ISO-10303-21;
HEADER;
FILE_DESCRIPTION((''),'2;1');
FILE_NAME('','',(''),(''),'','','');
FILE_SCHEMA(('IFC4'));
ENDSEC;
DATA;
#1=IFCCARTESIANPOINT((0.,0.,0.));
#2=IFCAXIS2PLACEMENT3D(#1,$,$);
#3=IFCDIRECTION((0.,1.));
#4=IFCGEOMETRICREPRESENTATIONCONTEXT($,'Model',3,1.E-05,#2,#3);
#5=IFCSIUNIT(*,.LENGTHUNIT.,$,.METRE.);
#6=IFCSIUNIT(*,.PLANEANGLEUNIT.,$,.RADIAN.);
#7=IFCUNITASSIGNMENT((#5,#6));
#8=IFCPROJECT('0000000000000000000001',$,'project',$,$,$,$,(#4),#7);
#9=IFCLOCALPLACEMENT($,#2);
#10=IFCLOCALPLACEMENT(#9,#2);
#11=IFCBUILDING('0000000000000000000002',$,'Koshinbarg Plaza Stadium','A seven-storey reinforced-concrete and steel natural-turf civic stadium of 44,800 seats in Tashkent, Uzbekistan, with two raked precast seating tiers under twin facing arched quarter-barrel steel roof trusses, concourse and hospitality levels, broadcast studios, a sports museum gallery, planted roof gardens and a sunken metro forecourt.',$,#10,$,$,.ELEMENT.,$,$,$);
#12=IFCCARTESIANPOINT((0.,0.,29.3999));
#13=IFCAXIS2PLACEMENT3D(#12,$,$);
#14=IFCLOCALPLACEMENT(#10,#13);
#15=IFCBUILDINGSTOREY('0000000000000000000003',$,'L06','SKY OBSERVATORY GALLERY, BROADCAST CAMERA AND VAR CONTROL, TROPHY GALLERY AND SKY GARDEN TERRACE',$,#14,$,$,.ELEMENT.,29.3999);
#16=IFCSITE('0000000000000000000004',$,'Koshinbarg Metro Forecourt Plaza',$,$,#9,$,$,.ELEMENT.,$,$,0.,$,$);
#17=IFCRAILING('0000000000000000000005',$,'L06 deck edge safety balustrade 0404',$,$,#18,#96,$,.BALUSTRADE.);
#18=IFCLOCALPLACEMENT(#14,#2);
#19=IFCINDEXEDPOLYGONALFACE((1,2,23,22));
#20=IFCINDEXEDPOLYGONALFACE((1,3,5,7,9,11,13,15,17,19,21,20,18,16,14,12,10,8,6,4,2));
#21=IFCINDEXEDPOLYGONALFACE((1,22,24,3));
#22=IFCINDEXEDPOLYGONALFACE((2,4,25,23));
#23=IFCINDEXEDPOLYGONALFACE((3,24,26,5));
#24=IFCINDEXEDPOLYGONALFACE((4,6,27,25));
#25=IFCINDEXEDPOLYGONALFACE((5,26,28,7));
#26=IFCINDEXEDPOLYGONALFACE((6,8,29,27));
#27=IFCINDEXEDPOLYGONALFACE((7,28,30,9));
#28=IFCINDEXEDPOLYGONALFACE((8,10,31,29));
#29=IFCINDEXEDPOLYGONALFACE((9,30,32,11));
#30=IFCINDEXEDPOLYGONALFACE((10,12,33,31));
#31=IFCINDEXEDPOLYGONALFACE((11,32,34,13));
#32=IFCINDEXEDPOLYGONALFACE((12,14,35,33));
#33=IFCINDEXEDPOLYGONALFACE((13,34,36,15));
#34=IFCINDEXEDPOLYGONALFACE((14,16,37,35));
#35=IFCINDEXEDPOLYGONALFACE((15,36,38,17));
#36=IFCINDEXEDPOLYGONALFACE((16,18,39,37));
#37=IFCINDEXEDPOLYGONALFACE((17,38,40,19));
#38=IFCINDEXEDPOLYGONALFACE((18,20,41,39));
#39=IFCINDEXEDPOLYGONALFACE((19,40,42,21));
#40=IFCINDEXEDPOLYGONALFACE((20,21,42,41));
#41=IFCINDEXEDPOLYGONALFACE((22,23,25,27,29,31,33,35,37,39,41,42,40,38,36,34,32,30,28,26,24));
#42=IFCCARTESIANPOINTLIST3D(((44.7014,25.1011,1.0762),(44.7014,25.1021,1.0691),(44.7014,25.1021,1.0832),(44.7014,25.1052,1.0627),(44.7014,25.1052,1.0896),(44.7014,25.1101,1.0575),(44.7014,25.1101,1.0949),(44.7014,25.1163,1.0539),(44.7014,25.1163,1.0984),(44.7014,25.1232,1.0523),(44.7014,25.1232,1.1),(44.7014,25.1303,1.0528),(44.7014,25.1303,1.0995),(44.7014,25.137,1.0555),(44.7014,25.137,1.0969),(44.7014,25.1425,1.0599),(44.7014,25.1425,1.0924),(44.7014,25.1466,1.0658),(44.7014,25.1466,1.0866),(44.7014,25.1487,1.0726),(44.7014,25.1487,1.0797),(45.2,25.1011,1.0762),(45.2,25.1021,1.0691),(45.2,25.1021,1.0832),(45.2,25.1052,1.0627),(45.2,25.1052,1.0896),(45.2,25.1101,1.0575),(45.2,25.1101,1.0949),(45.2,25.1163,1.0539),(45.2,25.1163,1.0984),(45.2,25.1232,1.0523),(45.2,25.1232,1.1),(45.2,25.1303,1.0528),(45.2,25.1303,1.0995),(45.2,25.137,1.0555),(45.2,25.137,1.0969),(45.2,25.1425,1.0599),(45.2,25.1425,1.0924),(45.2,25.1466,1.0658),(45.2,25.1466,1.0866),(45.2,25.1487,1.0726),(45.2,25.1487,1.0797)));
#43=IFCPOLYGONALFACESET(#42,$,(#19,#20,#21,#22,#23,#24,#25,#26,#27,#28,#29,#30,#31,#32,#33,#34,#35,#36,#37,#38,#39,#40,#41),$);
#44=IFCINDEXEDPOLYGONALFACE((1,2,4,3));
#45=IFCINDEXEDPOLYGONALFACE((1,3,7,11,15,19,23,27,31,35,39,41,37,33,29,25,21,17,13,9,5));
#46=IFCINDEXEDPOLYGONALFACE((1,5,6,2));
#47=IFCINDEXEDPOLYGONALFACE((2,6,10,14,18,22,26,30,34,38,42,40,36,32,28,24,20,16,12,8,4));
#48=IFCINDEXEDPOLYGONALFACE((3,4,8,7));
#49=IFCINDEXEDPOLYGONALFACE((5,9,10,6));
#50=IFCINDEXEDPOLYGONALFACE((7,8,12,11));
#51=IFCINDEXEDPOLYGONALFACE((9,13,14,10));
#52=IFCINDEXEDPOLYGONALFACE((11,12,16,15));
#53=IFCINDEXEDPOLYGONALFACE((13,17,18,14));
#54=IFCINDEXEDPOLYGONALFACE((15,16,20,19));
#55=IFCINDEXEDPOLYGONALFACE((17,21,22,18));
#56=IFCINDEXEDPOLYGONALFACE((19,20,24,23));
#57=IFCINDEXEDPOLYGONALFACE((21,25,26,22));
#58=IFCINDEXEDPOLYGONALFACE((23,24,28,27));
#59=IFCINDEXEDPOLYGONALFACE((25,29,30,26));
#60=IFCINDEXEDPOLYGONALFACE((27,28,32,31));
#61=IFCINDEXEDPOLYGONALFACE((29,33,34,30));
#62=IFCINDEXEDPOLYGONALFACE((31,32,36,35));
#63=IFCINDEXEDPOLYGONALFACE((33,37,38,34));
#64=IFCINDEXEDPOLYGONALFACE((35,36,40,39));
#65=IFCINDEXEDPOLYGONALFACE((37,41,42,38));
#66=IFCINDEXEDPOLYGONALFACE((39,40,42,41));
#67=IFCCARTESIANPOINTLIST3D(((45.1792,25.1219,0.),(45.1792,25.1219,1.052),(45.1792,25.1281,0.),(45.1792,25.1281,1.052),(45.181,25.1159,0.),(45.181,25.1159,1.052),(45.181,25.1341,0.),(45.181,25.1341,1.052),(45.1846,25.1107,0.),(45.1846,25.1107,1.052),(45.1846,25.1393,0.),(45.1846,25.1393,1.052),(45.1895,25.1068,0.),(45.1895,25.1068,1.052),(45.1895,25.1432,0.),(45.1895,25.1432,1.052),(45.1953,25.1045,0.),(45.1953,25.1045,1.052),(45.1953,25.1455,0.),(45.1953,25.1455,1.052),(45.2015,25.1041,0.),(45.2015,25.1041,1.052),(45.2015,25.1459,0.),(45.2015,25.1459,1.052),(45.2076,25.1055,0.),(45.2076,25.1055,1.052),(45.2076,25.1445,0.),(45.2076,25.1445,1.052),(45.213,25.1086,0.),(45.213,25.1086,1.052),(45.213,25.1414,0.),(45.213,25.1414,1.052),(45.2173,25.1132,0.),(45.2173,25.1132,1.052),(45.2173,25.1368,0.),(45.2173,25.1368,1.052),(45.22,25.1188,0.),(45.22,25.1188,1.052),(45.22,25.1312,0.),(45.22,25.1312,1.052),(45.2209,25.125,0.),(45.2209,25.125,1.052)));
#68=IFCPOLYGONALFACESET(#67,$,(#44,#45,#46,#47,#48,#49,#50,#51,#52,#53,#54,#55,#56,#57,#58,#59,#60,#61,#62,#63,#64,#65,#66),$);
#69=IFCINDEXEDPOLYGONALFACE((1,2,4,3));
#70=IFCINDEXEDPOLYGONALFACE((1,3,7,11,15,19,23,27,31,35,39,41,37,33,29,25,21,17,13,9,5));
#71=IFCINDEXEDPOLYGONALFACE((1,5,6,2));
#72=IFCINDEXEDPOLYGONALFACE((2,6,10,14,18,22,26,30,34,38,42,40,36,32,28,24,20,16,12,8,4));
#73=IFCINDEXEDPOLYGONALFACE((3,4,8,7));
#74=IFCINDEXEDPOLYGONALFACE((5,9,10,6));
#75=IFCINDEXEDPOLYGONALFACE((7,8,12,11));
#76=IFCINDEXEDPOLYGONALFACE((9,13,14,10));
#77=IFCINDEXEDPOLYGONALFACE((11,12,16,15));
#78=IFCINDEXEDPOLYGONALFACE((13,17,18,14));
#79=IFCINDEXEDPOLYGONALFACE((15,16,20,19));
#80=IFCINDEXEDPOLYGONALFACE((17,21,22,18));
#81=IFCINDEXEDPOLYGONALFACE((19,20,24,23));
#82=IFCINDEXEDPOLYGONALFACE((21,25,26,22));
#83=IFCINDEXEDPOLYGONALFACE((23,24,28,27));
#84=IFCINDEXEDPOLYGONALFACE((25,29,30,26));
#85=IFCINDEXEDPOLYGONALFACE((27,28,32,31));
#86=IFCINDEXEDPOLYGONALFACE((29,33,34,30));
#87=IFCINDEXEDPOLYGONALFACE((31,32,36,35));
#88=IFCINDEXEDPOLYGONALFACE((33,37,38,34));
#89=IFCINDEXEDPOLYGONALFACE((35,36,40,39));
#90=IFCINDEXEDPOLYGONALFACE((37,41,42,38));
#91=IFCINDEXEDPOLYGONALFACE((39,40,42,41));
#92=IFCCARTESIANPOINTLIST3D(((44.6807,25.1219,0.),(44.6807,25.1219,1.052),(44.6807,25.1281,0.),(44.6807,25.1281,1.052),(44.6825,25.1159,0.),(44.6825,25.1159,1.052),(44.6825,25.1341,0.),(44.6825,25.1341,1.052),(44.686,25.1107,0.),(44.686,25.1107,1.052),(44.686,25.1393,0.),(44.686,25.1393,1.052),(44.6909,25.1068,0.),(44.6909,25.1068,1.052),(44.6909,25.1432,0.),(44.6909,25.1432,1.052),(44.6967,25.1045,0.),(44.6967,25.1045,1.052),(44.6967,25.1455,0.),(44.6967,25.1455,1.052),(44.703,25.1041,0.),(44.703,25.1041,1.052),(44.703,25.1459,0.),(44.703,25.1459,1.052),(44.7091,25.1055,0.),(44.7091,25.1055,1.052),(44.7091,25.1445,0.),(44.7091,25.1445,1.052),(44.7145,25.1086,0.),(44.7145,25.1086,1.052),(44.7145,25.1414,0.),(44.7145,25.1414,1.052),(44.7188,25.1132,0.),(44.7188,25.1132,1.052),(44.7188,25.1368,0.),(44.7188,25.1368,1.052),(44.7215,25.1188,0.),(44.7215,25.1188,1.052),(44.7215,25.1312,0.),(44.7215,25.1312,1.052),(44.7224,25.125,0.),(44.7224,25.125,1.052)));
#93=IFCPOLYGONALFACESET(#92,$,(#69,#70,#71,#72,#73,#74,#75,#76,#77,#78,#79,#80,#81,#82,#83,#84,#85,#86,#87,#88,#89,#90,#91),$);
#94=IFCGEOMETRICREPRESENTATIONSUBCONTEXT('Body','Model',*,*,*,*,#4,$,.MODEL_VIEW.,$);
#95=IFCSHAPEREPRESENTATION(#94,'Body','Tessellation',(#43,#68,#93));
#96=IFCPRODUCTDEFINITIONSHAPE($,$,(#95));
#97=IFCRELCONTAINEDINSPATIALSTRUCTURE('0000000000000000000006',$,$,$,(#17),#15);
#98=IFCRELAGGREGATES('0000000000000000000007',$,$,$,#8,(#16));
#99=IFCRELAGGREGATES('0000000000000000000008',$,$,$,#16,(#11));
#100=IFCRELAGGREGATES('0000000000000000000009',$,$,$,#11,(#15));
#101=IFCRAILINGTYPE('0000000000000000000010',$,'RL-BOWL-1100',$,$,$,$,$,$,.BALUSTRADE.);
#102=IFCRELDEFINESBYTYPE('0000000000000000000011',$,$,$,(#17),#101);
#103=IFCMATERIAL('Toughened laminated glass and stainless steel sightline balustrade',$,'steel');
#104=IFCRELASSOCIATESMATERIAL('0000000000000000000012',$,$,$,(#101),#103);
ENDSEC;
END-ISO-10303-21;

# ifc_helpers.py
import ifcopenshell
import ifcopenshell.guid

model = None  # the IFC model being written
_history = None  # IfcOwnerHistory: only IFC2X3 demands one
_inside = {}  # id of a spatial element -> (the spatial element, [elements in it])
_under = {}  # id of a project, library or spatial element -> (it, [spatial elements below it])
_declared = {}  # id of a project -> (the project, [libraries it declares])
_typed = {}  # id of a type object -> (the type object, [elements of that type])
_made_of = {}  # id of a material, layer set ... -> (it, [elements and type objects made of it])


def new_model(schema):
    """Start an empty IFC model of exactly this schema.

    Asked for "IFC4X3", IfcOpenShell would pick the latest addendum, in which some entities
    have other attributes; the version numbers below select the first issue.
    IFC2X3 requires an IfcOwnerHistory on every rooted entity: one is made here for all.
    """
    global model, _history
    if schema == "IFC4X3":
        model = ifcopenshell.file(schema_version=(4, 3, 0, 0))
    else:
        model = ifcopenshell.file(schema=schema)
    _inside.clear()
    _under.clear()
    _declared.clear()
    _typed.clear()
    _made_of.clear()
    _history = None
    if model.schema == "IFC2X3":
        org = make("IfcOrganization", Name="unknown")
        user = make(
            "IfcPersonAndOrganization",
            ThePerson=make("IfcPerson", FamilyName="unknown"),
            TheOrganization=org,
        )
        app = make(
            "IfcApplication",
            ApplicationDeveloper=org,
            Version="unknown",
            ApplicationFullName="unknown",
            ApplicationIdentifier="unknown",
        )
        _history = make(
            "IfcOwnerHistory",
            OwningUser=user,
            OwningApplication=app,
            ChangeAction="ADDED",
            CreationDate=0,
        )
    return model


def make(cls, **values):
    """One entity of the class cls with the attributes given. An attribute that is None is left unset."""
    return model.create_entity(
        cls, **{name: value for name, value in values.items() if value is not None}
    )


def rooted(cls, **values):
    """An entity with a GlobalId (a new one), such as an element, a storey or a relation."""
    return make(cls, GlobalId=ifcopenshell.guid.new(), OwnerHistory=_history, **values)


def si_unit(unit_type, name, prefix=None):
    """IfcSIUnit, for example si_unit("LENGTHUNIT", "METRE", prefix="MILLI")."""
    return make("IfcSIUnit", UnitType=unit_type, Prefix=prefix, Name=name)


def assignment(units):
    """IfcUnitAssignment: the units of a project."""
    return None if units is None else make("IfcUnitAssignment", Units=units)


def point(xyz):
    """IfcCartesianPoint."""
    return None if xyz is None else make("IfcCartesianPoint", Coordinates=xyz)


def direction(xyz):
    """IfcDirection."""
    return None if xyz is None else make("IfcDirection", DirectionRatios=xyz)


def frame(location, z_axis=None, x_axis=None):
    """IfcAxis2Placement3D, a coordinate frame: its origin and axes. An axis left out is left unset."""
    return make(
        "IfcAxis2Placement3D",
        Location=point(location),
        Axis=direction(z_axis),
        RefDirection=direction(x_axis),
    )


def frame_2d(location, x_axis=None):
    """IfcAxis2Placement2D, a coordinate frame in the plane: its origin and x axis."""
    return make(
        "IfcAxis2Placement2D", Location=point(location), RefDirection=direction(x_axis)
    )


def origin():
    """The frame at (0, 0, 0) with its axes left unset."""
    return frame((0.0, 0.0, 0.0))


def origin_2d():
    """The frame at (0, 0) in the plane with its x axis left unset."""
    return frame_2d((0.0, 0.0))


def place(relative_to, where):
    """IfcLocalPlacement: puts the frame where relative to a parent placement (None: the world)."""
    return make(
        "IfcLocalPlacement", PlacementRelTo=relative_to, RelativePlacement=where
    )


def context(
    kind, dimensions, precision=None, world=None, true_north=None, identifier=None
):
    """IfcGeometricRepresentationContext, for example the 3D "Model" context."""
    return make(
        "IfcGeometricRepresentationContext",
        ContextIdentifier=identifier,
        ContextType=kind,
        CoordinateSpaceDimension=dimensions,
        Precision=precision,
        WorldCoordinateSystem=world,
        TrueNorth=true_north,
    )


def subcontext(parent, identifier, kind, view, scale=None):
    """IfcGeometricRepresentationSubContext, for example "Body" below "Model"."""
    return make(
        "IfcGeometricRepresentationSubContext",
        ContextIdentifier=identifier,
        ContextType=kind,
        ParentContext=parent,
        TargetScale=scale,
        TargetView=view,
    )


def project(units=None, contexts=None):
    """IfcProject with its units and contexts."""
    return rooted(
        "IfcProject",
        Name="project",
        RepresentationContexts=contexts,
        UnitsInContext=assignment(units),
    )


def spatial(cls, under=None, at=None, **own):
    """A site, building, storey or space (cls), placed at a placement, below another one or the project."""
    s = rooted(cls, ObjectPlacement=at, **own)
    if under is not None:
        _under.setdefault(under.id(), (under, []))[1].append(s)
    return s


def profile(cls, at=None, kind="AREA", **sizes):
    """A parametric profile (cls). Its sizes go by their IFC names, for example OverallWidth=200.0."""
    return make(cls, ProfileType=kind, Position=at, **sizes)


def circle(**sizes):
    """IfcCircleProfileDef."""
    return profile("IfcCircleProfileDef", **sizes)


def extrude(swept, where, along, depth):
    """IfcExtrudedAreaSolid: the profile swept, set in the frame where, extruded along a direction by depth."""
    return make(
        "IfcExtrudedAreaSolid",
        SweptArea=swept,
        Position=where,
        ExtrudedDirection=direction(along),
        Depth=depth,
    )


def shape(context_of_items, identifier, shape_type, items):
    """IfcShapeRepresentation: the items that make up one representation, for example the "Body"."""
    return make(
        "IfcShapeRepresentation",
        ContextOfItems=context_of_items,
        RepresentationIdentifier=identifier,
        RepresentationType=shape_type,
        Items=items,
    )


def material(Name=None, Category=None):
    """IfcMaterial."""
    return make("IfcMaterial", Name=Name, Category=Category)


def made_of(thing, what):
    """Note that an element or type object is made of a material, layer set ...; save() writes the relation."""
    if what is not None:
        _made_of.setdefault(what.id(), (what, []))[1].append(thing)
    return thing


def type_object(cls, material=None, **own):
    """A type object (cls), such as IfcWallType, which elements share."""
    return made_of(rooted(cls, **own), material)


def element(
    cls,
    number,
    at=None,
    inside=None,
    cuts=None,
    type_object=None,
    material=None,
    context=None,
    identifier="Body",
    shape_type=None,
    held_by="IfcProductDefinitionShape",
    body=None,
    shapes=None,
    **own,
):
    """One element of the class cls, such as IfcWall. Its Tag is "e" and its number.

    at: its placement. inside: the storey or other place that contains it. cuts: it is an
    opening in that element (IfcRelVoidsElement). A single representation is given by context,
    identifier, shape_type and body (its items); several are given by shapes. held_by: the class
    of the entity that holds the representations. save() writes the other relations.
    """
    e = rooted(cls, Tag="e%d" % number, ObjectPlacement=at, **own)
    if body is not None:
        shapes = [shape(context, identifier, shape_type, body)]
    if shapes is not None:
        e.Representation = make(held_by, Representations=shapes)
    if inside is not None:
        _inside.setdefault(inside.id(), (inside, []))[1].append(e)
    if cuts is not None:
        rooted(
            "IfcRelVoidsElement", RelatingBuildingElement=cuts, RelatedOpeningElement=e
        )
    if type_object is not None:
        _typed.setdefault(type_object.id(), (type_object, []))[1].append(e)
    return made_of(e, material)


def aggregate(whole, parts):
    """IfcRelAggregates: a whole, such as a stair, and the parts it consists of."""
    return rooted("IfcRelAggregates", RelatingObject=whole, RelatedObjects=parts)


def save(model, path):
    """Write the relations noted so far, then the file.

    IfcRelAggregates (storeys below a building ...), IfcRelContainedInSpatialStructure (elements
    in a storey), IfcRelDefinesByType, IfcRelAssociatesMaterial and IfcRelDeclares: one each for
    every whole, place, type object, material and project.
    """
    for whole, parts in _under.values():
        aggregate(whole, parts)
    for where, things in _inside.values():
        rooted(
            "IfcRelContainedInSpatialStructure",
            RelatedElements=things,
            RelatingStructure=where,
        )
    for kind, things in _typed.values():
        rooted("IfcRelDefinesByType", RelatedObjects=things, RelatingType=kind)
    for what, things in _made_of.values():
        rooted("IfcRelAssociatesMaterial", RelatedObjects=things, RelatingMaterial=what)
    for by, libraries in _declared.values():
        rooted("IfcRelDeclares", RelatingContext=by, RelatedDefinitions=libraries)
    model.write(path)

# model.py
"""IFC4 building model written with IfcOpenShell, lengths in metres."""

from ifc_helpers import new_model, si_unit, direction, frame, origin, origin_2d, place, context, subcontext, project, spatial, circle, extrude, material, type_object, element, save


model = new_model("IFC4")

# Units and contexts
model_context = context("Model", 3, precision=1e-05, world=origin(), true_north=direction((0.0, 1.0)))
body_context = subcontext(model_context, "Body", "Model", "MODEL_VIEW")
ifc_project = project(units=[si_unit("LENGTHUNIT", "METRE"), si_unit("PLANEANGLEUNIT", "RADIAN")], contexts=[model_context])

# Site, building, storey
site_placement = place(None, origin())
site = spatial("IfcSite", under=ifc_project, at=site_placement, Name="Koshinbarg Metro Forecourt Plaza", CompositionType="ELEMENT", RefElevation=0.0)
building_placement = place(site_placement, origin())
building = spatial("IfcBuilding", under=site, at=building_placement, Name="Koshinbarg Plaza Stadium", Description="A seven-storey reinforced-concrete and steel natural-turf civic stadium of 44,800 seats in Tashkent, Uzbekistan, with two raked precast seating tiers under twin facing arched quarter-barrel steel roof trusses, concourse and hospitality levels, broadcast studios, a sports museum gallery, planted roof gardens and a sunken metro forecourt.", CompositionType="ELEMENT")
storey_placement = place(building_placement, frame((0.0, 0.0, 29.3999)))
storey = spatial("IfcBuildingStorey", under=building, at=storey_placement, Name="L06", Description="SKY OBSERVATORY GALLERY, BROADCAST CAMERA AND VAR CONTROL, TROPHY GALLERY AND SKY GARDEN TERRACE", CompositionType="ELEMENT", Elevation=29.3999)

# Railing
ifc_material_1 = material(Name="Toughened laminated glass and stainless steel sightline balustrade", Category="steel")
railing_type = type_object("IfcRailingType", Name="RL-BOWL-1100", PredefinedType="BALUSTRADE", material=ifc_material_1)
railing_placement = place(storey_placement, frame((45.2, 25.125, 0.0)))
element("IfcRailing", 1, at=railing_placement, inside=storey, type_object=railing_type, Name="L06 deck edge safety balustrade 0404", PredefinedType="BALUSTRADE", context=body_context, shape_type="SweptSolid", body=[
    extrude(circle(Radius=0.0239, at=origin_2d()), frame((0.0, 0.0, 1.0762), z_axis=(-1.0, 0.0, 0.0), x_axis=(0.0, -1.0, 0.0)), (0.0, 0.0, 1.0), 0.4985),
    extrude(circle(Radius=0.021, at=origin_2d()), origin(), (0.0, 0.0, 1.0), 1.052),
    extrude(circle(Radius=0.021, at=origin_2d()), frame((-0.4985, 0.0, 0.0)), (0.0, 0.0, 1.0), 1.052),
])

save(model, "model.ifc")
